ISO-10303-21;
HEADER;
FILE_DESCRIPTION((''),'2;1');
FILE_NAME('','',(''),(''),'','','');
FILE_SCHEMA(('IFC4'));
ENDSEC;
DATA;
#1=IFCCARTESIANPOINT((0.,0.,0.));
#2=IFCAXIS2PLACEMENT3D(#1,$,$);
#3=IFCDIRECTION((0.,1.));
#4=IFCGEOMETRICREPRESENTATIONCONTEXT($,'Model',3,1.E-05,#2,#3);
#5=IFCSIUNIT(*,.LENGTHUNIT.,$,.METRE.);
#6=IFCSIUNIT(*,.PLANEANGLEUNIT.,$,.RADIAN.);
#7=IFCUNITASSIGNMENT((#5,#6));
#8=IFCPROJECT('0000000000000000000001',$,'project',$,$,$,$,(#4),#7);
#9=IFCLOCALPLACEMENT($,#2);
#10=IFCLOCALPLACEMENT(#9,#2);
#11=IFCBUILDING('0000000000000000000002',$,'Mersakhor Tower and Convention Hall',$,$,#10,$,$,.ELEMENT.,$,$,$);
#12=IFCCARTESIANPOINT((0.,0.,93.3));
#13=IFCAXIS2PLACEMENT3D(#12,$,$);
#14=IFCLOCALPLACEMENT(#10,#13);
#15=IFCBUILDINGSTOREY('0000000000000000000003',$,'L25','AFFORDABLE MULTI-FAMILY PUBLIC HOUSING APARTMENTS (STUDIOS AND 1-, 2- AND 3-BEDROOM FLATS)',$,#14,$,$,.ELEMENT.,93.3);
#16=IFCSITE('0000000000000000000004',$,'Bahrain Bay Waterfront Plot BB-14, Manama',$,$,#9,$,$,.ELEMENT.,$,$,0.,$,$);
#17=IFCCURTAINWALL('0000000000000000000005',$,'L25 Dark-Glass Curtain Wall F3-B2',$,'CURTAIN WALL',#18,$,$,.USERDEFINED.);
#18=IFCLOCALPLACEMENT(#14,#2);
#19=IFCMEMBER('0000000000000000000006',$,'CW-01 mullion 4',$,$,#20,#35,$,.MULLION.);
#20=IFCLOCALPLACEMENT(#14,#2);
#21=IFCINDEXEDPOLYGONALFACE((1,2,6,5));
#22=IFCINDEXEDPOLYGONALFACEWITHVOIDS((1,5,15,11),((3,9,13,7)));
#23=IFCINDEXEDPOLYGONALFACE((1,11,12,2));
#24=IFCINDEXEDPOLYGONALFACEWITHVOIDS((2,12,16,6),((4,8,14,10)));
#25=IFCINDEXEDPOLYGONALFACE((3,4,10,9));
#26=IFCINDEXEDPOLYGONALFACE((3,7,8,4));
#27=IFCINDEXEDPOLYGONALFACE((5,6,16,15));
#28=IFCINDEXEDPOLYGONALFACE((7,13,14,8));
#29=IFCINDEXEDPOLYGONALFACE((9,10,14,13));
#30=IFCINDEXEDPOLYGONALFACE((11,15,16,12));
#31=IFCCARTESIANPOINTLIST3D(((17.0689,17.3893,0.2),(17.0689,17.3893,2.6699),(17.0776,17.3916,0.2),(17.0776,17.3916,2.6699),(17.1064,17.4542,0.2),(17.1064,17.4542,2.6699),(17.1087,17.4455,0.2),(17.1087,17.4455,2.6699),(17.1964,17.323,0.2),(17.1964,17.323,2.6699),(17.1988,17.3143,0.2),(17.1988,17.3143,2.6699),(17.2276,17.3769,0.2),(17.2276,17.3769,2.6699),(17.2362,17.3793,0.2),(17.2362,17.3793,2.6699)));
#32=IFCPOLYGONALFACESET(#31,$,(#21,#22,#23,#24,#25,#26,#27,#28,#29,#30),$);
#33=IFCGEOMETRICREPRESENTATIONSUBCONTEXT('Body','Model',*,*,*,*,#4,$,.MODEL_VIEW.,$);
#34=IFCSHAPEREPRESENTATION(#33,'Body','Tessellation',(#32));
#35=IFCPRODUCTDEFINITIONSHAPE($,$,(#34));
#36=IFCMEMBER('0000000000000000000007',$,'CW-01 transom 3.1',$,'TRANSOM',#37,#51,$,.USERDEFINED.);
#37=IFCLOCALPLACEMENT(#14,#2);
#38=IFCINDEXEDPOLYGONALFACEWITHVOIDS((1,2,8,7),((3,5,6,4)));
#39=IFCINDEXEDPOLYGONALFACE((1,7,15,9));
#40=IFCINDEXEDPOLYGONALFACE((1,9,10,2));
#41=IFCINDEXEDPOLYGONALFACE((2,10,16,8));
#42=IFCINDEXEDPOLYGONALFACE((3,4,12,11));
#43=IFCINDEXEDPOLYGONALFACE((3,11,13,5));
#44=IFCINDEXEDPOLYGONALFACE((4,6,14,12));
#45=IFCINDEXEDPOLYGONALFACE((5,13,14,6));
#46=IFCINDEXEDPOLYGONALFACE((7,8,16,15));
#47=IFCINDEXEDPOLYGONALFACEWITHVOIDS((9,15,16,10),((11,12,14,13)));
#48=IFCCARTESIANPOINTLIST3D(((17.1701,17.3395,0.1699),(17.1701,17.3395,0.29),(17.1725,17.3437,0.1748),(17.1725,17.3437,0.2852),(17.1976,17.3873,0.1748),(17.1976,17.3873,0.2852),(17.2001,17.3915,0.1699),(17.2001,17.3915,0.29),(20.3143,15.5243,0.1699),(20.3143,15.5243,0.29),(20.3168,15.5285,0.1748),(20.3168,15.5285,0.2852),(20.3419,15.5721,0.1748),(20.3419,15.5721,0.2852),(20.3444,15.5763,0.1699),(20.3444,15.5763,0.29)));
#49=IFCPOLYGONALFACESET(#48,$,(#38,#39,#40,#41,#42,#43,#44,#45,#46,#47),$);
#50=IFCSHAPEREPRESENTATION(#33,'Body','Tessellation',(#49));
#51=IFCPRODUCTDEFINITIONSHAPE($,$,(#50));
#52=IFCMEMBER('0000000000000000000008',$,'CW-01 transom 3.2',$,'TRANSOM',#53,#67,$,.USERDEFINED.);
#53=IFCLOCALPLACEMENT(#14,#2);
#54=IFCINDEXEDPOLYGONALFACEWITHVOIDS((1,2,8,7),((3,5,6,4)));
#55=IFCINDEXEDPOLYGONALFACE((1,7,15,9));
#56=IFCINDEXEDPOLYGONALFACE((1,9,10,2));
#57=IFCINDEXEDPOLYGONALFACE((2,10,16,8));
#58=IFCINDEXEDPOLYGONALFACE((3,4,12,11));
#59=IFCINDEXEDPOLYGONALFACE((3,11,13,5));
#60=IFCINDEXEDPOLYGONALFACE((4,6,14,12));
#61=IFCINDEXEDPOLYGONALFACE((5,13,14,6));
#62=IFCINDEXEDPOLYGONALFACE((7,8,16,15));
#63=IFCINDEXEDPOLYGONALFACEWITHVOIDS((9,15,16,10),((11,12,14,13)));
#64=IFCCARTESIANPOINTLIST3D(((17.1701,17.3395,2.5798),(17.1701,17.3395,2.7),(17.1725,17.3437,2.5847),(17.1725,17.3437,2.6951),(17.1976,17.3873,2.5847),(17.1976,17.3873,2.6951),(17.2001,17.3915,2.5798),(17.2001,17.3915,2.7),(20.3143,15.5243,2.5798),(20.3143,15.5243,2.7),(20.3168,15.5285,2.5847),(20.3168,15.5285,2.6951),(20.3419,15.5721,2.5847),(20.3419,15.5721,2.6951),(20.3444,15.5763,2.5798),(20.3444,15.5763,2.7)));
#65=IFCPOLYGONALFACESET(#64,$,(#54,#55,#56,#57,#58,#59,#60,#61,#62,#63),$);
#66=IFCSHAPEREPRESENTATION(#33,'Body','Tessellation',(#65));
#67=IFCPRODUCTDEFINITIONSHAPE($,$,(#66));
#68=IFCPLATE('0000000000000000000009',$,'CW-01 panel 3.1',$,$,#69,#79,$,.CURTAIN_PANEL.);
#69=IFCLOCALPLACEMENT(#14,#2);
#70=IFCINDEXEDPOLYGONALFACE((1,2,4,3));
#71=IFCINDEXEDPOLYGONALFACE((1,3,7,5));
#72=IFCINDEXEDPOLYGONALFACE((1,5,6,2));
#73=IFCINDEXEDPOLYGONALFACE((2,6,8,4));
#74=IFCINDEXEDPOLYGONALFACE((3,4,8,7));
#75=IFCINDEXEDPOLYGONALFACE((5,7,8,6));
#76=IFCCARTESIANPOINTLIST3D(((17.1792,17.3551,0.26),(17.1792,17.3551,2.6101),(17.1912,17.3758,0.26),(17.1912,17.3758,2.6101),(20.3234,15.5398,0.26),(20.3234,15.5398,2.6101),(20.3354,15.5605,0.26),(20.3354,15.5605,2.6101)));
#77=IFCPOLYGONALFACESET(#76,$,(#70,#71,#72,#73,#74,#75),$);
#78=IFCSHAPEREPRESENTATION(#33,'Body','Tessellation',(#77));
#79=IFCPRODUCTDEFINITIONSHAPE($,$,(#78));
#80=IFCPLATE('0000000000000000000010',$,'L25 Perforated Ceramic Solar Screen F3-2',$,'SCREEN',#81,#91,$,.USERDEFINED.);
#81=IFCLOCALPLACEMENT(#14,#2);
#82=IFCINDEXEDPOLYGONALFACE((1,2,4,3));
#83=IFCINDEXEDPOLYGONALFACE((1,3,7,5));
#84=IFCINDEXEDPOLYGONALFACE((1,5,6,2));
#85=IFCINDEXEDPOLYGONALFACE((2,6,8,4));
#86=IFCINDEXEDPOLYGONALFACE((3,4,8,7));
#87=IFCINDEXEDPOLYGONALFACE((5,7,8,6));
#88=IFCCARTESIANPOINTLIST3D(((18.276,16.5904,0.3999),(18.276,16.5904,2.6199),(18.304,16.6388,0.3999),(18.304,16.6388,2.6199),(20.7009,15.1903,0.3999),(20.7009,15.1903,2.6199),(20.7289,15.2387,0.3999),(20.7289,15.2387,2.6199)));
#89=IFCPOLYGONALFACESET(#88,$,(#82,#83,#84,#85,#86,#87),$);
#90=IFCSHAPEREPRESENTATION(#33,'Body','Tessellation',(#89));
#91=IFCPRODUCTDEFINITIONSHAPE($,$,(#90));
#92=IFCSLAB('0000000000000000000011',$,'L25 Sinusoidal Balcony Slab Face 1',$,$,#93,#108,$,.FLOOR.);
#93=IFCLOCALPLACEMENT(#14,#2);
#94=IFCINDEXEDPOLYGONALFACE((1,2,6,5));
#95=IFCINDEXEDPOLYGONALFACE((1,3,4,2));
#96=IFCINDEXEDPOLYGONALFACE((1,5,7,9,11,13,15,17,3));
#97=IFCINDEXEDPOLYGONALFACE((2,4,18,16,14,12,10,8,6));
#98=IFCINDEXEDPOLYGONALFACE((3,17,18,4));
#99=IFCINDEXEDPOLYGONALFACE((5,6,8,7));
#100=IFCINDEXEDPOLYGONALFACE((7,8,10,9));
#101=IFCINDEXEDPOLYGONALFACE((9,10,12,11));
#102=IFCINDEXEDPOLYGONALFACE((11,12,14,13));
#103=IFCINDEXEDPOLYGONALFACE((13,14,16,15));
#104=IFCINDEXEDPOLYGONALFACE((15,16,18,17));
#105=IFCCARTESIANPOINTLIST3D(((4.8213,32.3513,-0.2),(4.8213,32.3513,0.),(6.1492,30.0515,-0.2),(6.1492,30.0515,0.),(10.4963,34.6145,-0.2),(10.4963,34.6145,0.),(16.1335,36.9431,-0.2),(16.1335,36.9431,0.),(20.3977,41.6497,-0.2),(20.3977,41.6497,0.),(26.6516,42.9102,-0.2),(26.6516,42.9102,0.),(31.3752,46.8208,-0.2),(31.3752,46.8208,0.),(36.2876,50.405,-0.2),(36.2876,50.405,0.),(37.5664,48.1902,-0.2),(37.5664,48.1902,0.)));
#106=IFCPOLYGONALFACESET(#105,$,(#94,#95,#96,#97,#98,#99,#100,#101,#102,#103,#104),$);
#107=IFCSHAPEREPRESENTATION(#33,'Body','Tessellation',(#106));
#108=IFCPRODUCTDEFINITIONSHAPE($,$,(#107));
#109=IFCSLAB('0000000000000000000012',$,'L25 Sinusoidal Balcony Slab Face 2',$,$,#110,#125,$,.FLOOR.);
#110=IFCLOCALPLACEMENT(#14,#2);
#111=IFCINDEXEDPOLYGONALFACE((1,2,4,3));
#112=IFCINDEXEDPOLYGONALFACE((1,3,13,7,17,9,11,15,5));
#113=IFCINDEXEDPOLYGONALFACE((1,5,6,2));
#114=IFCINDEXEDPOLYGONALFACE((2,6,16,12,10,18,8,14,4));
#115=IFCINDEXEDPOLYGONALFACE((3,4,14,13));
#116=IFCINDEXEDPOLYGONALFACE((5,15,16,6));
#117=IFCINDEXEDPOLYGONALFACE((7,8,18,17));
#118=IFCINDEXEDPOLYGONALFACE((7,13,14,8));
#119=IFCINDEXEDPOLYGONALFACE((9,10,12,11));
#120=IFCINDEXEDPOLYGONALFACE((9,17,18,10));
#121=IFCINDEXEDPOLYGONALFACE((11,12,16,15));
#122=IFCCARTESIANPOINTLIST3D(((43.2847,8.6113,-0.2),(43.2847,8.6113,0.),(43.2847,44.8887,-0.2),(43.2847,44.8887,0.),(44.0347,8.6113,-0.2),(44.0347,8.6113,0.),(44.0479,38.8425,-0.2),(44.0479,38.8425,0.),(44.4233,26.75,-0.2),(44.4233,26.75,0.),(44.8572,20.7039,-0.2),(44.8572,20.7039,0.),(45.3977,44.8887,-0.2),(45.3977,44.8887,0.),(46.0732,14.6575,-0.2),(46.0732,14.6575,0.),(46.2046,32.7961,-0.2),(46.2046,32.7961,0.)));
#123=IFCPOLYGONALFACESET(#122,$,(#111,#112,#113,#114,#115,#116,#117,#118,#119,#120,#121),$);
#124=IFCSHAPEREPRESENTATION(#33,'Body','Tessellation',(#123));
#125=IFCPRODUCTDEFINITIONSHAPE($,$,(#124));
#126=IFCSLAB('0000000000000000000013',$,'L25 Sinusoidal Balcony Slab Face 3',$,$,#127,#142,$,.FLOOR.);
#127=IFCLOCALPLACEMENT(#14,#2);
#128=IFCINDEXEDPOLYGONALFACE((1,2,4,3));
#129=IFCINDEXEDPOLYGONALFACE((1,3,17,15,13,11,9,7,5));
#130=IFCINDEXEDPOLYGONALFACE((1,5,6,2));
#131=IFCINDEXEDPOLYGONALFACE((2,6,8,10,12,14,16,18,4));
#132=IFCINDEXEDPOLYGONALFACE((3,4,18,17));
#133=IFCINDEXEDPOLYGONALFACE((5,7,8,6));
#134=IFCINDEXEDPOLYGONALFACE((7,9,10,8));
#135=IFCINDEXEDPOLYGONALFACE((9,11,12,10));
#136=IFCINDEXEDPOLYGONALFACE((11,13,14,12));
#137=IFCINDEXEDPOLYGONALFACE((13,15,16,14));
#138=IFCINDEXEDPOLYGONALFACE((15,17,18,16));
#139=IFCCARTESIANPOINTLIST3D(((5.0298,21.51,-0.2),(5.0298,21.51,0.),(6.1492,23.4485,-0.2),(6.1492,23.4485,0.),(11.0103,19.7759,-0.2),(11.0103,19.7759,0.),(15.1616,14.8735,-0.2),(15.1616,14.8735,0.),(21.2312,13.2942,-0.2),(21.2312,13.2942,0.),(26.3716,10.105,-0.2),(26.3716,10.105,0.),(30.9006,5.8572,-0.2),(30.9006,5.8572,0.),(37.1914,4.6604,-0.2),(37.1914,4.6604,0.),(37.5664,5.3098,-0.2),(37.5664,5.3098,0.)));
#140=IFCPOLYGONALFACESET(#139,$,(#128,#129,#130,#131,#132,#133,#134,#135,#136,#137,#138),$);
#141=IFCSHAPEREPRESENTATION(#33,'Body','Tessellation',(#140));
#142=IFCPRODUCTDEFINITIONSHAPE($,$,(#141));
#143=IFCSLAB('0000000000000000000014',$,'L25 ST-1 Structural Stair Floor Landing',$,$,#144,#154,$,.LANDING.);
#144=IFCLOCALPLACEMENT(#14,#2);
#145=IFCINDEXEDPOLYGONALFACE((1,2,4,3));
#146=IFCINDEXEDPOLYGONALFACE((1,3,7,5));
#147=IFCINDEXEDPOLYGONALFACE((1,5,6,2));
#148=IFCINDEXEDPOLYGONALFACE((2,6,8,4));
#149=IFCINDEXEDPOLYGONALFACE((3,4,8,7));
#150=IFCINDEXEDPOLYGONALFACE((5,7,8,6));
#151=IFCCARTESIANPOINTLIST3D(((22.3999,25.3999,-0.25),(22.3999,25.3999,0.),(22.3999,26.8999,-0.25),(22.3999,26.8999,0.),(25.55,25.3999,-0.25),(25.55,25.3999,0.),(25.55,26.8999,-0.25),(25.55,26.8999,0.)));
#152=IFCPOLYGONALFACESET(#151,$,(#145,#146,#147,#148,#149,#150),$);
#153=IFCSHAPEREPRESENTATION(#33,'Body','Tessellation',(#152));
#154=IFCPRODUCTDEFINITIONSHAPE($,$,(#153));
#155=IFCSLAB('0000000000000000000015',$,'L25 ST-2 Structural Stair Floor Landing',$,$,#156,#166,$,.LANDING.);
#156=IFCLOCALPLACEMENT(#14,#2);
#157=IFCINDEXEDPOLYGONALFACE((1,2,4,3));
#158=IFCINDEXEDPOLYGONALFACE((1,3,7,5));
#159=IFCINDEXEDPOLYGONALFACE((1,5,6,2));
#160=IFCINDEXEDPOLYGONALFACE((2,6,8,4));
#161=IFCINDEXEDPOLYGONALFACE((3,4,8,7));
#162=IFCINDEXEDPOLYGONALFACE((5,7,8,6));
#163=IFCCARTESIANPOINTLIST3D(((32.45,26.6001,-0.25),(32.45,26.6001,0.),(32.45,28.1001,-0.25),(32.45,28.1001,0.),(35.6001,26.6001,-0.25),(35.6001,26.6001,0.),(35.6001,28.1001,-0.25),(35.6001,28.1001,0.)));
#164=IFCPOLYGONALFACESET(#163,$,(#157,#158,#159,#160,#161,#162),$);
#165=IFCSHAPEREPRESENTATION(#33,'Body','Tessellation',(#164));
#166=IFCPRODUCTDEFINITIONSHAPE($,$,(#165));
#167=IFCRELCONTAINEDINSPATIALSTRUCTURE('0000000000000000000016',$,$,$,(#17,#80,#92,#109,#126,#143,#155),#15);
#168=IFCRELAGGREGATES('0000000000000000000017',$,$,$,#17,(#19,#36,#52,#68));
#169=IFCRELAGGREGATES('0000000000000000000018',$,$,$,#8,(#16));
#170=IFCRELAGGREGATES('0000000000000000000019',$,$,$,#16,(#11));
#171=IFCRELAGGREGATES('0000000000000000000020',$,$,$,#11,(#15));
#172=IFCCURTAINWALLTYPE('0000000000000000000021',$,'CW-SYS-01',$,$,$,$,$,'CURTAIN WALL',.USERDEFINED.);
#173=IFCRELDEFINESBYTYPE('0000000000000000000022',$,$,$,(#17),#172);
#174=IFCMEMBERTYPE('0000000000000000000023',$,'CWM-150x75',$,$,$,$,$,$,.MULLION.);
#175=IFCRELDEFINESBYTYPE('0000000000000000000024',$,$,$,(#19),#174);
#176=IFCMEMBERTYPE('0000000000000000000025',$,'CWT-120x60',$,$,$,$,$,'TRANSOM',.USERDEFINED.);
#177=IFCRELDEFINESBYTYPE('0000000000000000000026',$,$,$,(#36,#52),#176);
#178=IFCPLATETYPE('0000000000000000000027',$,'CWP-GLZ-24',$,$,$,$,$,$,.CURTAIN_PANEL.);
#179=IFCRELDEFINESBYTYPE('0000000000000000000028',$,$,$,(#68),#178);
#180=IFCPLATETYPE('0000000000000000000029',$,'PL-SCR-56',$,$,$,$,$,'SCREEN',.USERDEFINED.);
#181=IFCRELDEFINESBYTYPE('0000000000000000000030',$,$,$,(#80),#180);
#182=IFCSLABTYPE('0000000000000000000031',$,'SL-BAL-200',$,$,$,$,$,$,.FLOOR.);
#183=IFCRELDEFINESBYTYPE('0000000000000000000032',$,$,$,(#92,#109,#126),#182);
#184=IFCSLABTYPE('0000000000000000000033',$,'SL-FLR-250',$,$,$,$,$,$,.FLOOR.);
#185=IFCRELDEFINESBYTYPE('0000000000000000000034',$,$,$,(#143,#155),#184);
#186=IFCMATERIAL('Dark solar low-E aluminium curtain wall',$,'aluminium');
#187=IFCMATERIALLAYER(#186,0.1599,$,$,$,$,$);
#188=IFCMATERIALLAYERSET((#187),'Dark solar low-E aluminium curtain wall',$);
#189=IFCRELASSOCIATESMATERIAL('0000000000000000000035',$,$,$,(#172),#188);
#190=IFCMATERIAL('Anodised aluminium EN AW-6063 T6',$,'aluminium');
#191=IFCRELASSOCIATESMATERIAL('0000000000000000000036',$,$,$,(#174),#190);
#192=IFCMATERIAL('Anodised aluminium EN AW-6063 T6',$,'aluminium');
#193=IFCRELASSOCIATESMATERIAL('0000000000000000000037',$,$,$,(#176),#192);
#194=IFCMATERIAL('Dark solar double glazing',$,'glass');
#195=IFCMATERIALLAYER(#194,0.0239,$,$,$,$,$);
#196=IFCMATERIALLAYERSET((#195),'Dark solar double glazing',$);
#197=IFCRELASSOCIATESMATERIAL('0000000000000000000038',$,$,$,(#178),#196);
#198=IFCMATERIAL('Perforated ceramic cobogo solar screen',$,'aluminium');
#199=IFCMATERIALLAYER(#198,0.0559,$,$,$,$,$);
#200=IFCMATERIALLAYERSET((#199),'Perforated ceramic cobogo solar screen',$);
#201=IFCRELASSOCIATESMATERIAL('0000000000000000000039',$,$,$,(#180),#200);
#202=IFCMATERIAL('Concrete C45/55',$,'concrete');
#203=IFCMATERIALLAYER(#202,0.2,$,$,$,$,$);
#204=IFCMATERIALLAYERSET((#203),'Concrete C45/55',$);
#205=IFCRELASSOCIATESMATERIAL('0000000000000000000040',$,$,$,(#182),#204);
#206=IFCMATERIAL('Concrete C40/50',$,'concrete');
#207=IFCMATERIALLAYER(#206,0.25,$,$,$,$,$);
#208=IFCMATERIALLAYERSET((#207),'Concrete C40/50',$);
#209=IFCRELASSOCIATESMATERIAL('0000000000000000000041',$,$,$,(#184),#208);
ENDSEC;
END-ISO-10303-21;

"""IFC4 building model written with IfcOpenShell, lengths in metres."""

from ifc_helpers import new_model, si_unit, direction, frame, origin, origin_2d, place, context, subcontext, project, spatial, polyline, rectangle, hollow_rectangle, outline, extrude, material, layer, layer_set, material_profile, profile_set, type_object, element, aggregate, save


model = new_model("IFC4")

# Units and contexts
model_context = context("Model", 3, precision=1e-05, world=origin(), true_north=direction((0.0, 1.0)))
body_context = subcontext(model_context, "Body", "Model", "MODEL_VIEW")
ifc_project = project(units=[si_unit("LENGTHUNIT", "METRE"), si_unit("PLANEANGLEUNIT", "RADIAN")], contexts=[model_context])

# Site, building, storey
site_placement = place(None, origin())
site = spatial("IfcSite", under=ifc_project, at=site_placement, Name="Bahrain Bay Waterfront Plot BB-14, Manama", CompositionType="ELEMENT", RefElevation=0.0)
building_placement = place(site_placement, origin())
building = spatial("IfcBuilding", under=site, at=building_placement, Name="Mersakhor Tower and Convention Hall", CompositionType="ELEMENT")
storey_placement = place(building_placement, frame((0.0, 0.0, 93.3)))
storey = spatial("IfcBuildingStorey", under=building, at=storey_placement, Name="L25", Description="AFFORDABLE MULTI-FAMILY PUBLIC HOUSING APARTMENTS (STUDIOS AND 1-, 2- AND 3-BEDROOM FLATS)", CompositionType="ELEMENT", Elevation=93.3)

# Curtain wall, members, plate
ifc_material_1 = material(Name="Dark solar low-E aluminium curtain wall", Category="aluminium")
ifc_layer_1 = layer(ifc_material_1, 0.1599)
ifc_layer_set_1 = layer_set([ifc_layer_1], Name="Dark solar low-E aluminium curtain wall")
curtain_wall_type = type_object("IfcCurtainWallType", Name="CW-SYS-01", ElementType="CURTAIN WALL", PredefinedType="USERDEFINED", material=ifc_layer_set_1)
curtain_wall_placement = place(storey_placement, origin())
curtain_wall = element("IfcCurtainWall", 1, at=curtain_wall_placement, inside=storey, type_object=curtain_wall_type, Name="L25 Dark-Glass Curtain Wall F3-B2", ObjectType="CURTAIN WALL", PredefinedType="USERDEFINED")
ifc_material_2 = material(Name="Anodised aluminium EN AW-6063 T6", Category="aluminium")
ifc_material_profile_1 = material_profile(ifc_material_2, hollow_rectangle(XDim=0.075, YDim=0.1499, WallThickness=0.0063, at=origin_2d()), Name="RHS 150x75x6.3")
ifc_profile_set_1 = profile_set([ifc_material_profile_1], Name="Anodised aluminium EN AW-6063 T6")
member_type_1 = type_object("IfcMemberType", Name="CWM-150x75", PredefinedType="MULLION", material=ifc_profile_set_1)
member_1_placement = place(storey_placement, frame((17.1526, 17.3843, 0.2), z_axis=(0.0, 0.0, 1.0), x_axis=(-0.499998, -0.866027, 0.0)))
member_1 = element("IfcMember", 2, at=member_1_placement, type_object=member_type_1, Name="CW-01 mullion 4", PredefinedType="MULLION", context=body_context, shape_type="SweptSolid", body=[
    extrude(hollow_rectangle(XDim=0.075, YDim=0.1499, WallThickness=0.0063, at=origin_2d()), origin(), (0.0, 0.0, 1.0), 2.47),
])
ifc_material_3 = material(Name="Anodised aluminium EN AW-6063 T6", Category="aluminium")
ifc_material_profile_2 = material_profile(ifc_material_3, hollow_rectangle(XDim=0.0601, YDim=0.1201, WallThickness=0.0049, at=origin_2d()), Name="RHS 120x60x5")
ifc_profile_set_2 = profile_set([ifc_material_profile_2], Name="Anodised aluminium EN AW-6063 T6")
member_type_2 = type_object("IfcMemberType", Name="CWT-120x60", ElementType="TRANSOM", PredefinedType="USERDEFINED", material=ifc_profile_set_2)
member_2_placement = place(storey_placement, frame((20.3293, 15.5503, 0.23), z_axis=(-0.866046, 0.499965, 0.0), x_axis=(-0.499965, -0.866046, 0.0)))
member_2 = element("IfcMember", 3, at=member_2_placement, type_object=member_type_2, Name="CW-01 transom 3.1", ObjectType="TRANSOM", PredefinedType="USERDEFINED", context=body_context, shape_type="SweptSolid", body=[
    extrude(hollow_rectangle(XDim=0.0601, YDim=0.1201, WallThickness=0.0049, at=origin_2d()), origin(), (0.0, 0.0, 1.0), 3.6306),
])
member_3_placement = place(storey_placement, frame((20.3293, 15.5503, 2.6399), z_axis=(-0.866046, 0.499965, 0.0), x_axis=(-0.499965, -0.866046, 0.0)))
member_3 = element("IfcMember", 4, at=member_3_placement, type_object=member_type_2, Name="CW-01 transom 3.2", ObjectType="TRANSOM", PredefinedType="USERDEFINED", context=body_context, shape_type="SweptSolid", body=[
    extrude(hollow_rectangle(XDim=0.0601, YDim=0.1201, WallThickness=0.0049, at=origin_2d()), origin(), (0.0, 0.0, 1.0), 3.6306),
])
ifc_material_4 = material(Name="Dark solar double glazing", Category="glass")
ifc_layer_2 = layer(ifc_material_4, 0.0239)
ifc_layer_set_2 = layer_set([ifc_layer_2], Name="Dark solar double glazing")
plate_type_1 = type_object("IfcPlateType", Name="CWP-GLZ-24", PredefinedType="CURTAIN_PANEL", material=ifc_layer_set_2)
plate_1_placement = place(storey_placement, frame((18.7573, 16.4578, 0.26), z_axis=(0.0, 0.0, 1.0), x_axis=(-0.866027, 0.499998, 0.0)))
plate_1 = element("IfcPlate", 5, at=plate_1_placement, type_object=plate_type_1, Name="CW-01 panel 3.1", PredefinedType="CURTAIN_PANEL", context=body_context, shape_type="SweptSolid", body=[
    extrude(rectangle(XDim=3.6306, YDim=0.0239, at=origin_2d()), origin(), (0.0, 0.0, 1.0), 2.3501),
])
aggregate(curtain_wall, [member_1, member_2, member_3, plate_1])

# Plate
ifc_material_5 = material(Name="Perforated ceramic cobogo solar screen", Category="aluminium")
ifc_layer_3 = layer(ifc_material_5, 0.0559)
ifc_layer_set_3 = layer_set([ifc_layer_3], Name="Perforated ceramic cobogo solar screen")
plate_type_2 = type_object("IfcPlateType", Name="PL-SCR-56", ElementType="SCREEN", PredefinedType="USERDEFINED", material=ifc_layer_set_3)
plate_2_placement = place(storey_placement, frame((19.5024, 15.9146, 0.3999), z_axis=(0.0, 0.0, 1.0), x_axis=(-0.866025, 0.5, 0.0)))
element("IfcPlate", 6, at=plate_2_placement, inside=storey, type_object=plate_type_2, Name="L25 Perforated Ceramic Solar Screen F3-2", ObjectType="SCREEN", PredefinedType="USERDEFINED", context=body_context, shape_type="SweptSolid", body=[
    extrude(rectangle(XDim=2.8, YDim=0.0559, at=origin_2d()), origin(), (0.0, 0.0, 1.0), 2.22),
])

# Slabs
ifc_material_6 = material(Name="Concrete C45/55", Category="concrete")
ifc_layer_4 = layer(ifc_material_6, 0.2)
ifc_layer_set_4 = layer_set([ifc_layer_4], Name="Concrete C45/55")
slab_type_1 = type_object("IfcSlabType", Name="SL-BAL-200", PredefinedType="FLOOR", material=ifc_layer_set_4)
slab_1_placement = place(storey_placement, frame((0.0, 0.0, -0.2)))
element("IfcSlab", 7, at=slab_1_placement, inside=storey, type_object=slab_type_1, Name="L25 Sinusoidal Balcony Slab Face 1", PredefinedType="FLOOR", context=body_context, shape_type="SweptSolid", body=[
    extrude(outline(polyline([(6.1492, 30.0515), (37.5664, 48.1902), (36.2876, 50.405), (31.3752, 46.8208), (26.6516, 42.9102), (20.3977, 41.6497), (16.1335, 36.9431), (10.4963, 34.6145), (4.8213, 32.3513), (6.1492, 30.0515)])), origin(), (0.0, 0.0, 1.0), 0.2),
])
slab_2_placement = place(storey_placement, frame((0.0, 0.0, -0.2)))
element("IfcSlab", 8, at=slab_2_placement, inside=storey, type_object=slab_type_1, Name="L25 Sinusoidal Balcony Slab Face 2", PredefinedType="FLOOR", context=body_context, shape_type="SweptSolid", body=[
    extrude(outline(polyline([(43.2847, 44.8887), (43.2847, 8.6113), (44.0347, 8.6113), (46.0732, 14.6575), (44.8572, 20.7039), (44.4233, 26.75), (46.2046, 32.7961), (44.0479, 38.8425), (45.3977, 44.8887), (43.2847, 44.8887)])), origin(), (0.0, 0.0, 1.0), 0.2),
])
slab_3_placement = place(storey_placement, frame((0.0, 0.0, -0.2)))
element("IfcSlab", 9, at=slab_3_placement, inside=storey, type_object=slab_type_1, Name="L25 Sinusoidal Balcony Slab Face 3", PredefinedType="FLOOR", context=body_context, shape_type="SweptSolid", body=[
    extrude(outline(polyline([(37.5664, 5.3098), (6.1492, 23.4485), (5.0298, 21.51), (11.0103, 19.7759), (15.1616, 14.8735), (21.2312, 13.2942), (26.3716, 10.105), (30.9006, 5.8572), (37.1914, 4.6604), (37.5664, 5.3098)])), origin(), (0.0, 0.0, 1.0), 0.2),
])
ifc_material_7 = material(Name="Concrete C40/50", Category="concrete")
ifc_layer_5 = layer(ifc_material_7, 0.25)
ifc_layer_set_5 = layer_set([ifc_layer_5], Name="Concrete C40/50")
slab_type_2 = type_object("IfcSlabType", Name="SL-FLR-250", PredefinedType="FLOOR", material=ifc_layer_set_5)
slab_4_placement = place(storey_placement, frame((0.0, 0.0, -0.25)))
element("IfcSlab", 10, at=slab_4_placement, inside=storey, type_object=slab_type_2, Name="L25 ST-1 Structural Stair Floor Landing", PredefinedType="LANDING", context=body_context, shape_type="SweptSolid", body=[
    extrude(outline(polyline([(25.55, 25.3999), (25.55, 26.8999), (22.3999, 26.8999), (22.3999, 25.3999), (25.55, 25.3999)])), origin(), (0.0, 0.0, 1.0), 0.25),
])
slab_5_placement = place(storey_placement, frame((0.0, 0.0, -0.25)))
element("IfcSlab", 11, at=slab_5_placement, inside=storey, type_object=slab_type_2, Name="L25 ST-2 Structural Stair Floor Landing", PredefinedType="LANDING", context=body_context, shape_type="SweptSolid", body=[
    extrude(outline(polyline([(32.45, 28.1001), (32.45, 26.6001), (35.6001, 26.6001), (35.6001, 28.1001), (32.45, 28.1001)])), origin(), (0.0, 0.0, 1.0), 0.25),
])

save(model, "model.ifc")
